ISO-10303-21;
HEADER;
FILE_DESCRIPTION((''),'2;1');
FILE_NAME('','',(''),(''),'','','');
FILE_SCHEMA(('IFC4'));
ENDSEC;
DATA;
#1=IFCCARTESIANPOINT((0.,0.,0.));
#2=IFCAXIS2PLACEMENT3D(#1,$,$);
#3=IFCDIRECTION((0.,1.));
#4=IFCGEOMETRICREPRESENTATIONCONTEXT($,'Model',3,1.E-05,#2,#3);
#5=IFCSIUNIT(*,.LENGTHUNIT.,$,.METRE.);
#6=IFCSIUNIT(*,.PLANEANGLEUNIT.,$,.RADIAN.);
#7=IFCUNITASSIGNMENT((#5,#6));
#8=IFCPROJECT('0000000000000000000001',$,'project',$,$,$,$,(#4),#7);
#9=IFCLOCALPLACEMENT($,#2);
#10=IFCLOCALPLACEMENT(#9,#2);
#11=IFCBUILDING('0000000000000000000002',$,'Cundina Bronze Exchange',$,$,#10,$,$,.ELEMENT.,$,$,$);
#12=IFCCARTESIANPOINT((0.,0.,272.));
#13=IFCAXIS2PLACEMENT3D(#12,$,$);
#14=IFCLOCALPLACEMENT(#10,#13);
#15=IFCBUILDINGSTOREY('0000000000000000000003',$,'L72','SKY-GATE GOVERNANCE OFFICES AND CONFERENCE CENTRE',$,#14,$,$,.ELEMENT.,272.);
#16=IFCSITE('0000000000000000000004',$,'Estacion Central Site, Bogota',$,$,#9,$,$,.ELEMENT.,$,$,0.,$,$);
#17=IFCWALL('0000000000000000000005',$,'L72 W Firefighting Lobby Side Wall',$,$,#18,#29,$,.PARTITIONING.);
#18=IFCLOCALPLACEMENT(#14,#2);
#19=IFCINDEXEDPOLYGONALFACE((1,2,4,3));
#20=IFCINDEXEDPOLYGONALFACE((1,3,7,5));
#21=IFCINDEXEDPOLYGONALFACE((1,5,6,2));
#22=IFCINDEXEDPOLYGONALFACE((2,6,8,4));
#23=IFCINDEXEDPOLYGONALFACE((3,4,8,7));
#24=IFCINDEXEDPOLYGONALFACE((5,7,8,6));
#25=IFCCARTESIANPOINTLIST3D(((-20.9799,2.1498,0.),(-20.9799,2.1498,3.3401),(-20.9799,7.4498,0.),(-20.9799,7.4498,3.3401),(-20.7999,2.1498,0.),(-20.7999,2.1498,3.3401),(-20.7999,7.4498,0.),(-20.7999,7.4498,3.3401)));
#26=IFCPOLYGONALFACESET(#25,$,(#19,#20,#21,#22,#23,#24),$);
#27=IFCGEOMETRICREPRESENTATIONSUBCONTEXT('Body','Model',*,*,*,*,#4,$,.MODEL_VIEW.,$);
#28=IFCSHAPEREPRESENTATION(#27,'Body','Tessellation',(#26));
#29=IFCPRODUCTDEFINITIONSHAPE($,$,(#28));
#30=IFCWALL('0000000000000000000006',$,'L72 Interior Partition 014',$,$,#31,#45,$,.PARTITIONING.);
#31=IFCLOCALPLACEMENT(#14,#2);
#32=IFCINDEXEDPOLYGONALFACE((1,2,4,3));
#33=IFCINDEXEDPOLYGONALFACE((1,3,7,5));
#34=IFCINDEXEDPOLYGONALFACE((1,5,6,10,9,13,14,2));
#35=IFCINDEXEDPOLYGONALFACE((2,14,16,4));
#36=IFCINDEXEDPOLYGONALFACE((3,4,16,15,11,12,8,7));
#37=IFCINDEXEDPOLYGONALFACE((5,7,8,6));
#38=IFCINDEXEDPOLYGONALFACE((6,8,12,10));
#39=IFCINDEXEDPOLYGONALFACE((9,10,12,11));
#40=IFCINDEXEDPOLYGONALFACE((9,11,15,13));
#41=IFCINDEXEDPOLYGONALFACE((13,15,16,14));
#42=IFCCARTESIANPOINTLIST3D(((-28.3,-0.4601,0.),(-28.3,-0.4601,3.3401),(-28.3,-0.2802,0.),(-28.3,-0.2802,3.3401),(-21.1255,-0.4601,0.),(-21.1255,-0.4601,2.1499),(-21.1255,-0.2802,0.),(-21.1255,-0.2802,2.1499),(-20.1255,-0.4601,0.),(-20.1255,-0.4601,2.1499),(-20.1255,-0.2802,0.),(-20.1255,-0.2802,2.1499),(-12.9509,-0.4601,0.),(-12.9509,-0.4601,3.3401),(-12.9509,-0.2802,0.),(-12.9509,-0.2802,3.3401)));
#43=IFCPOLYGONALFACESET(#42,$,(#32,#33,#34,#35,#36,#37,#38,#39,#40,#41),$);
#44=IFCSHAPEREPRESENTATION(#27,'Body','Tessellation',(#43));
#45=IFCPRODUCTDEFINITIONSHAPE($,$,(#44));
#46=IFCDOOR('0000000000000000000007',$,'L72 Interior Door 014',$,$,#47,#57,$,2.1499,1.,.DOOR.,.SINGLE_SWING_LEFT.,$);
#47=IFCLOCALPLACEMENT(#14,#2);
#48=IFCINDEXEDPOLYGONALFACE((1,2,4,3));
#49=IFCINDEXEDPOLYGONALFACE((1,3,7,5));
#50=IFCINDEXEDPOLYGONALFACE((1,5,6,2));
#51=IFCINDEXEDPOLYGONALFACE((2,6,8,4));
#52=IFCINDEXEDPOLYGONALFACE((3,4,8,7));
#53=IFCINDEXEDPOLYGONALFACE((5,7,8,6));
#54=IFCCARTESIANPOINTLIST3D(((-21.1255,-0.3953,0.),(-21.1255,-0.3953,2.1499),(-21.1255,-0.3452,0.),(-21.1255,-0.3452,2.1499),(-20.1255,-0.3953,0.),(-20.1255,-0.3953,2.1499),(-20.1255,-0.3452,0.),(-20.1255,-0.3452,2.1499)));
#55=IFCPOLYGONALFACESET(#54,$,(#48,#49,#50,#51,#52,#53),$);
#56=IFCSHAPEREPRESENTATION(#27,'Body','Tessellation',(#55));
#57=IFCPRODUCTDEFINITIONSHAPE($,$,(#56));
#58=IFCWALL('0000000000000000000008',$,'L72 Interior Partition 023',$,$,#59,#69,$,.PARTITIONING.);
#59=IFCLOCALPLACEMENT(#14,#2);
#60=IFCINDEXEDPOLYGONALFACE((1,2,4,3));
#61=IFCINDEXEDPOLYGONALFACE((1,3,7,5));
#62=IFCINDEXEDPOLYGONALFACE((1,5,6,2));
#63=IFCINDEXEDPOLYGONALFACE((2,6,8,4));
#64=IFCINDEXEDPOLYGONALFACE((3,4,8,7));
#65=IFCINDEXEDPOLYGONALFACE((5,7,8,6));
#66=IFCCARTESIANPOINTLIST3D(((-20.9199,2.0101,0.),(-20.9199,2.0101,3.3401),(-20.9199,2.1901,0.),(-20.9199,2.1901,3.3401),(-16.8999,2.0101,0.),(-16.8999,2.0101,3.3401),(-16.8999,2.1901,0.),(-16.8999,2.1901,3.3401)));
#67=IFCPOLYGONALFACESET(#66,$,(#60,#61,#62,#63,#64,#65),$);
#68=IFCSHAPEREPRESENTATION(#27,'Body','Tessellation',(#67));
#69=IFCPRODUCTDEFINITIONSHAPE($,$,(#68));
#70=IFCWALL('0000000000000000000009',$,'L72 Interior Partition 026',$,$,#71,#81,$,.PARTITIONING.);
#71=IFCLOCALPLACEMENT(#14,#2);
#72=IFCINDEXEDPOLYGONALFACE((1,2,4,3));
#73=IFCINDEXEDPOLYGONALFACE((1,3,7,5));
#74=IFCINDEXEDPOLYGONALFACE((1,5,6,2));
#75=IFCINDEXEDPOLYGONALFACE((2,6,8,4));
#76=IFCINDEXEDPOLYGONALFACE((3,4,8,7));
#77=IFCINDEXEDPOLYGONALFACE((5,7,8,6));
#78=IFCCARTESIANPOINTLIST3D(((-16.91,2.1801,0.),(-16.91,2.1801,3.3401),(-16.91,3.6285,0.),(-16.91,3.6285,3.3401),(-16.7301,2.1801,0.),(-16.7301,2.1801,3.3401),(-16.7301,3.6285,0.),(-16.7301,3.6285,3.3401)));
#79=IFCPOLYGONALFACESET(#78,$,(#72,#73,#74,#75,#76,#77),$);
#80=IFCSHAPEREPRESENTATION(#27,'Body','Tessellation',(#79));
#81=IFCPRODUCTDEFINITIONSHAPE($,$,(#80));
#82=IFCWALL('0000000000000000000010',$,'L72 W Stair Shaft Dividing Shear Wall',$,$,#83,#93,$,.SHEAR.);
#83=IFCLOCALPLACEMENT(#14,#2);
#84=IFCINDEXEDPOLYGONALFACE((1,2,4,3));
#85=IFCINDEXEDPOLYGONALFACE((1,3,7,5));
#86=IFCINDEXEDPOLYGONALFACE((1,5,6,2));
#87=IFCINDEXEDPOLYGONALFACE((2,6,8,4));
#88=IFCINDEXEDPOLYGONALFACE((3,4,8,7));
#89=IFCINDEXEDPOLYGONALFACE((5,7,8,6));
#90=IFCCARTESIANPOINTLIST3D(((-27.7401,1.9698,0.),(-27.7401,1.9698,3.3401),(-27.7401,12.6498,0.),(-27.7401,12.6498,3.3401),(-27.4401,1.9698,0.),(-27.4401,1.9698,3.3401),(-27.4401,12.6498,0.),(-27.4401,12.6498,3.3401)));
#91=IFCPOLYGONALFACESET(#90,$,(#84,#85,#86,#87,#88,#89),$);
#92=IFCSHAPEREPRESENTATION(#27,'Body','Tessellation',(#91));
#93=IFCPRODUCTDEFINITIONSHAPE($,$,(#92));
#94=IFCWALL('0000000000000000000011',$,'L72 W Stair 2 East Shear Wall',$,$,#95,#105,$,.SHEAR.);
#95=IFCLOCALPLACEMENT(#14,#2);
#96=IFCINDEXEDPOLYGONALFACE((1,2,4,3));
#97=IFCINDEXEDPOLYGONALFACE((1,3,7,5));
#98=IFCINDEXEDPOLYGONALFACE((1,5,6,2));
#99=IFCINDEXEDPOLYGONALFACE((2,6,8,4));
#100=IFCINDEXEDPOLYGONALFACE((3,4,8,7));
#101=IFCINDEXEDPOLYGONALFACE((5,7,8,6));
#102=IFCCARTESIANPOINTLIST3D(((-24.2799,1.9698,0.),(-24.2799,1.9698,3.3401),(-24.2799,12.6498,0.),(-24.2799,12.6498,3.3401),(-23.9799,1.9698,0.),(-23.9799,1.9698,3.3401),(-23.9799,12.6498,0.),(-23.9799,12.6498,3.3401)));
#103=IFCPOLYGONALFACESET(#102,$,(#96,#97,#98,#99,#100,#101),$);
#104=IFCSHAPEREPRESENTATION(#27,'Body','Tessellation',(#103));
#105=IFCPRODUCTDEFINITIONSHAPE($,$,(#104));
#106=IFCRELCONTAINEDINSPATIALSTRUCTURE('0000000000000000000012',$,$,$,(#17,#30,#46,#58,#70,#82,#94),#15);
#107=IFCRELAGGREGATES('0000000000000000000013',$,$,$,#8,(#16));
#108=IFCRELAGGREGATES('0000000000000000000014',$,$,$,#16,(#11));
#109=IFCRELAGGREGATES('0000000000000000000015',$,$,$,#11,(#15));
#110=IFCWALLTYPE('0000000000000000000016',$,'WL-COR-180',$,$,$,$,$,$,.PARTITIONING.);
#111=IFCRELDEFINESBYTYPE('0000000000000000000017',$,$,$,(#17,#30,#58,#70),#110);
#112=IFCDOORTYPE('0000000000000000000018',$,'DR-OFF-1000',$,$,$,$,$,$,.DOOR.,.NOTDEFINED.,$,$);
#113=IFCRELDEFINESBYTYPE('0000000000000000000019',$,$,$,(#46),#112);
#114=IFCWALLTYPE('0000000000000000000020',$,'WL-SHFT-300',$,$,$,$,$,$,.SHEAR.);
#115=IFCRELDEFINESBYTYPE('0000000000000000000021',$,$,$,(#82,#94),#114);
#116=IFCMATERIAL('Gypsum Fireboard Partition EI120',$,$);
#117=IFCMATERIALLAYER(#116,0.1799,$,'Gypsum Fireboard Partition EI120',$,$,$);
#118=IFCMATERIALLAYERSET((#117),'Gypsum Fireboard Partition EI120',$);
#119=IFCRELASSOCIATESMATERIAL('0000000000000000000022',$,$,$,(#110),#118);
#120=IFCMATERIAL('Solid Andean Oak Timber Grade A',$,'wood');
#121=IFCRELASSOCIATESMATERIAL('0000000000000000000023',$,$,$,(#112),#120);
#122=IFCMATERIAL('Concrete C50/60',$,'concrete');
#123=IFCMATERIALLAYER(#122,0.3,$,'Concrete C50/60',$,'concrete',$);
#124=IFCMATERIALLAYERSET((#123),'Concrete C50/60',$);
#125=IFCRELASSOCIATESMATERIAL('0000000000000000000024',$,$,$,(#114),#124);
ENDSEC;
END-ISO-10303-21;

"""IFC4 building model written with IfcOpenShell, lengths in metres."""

from ifc_helpers import new_model, si_unit, direction, frame, frame_2d, origin, place, context, subcontext, project, spatial, rectangle, extrude, material, layer, layer_set, type_object, element, fill, save


model = new_model("IFC4")

# Units and contexts
model_context = context("Model", 3, precision=1e-05, world=origin(), true_north=direction((0.0, 1.0)))
body_context = subcontext(model_context, "Body", "Model", "MODEL_VIEW")
ifc_project = project(units=[si_unit("LENGTHUNIT", "METRE"), si_unit("PLANEANGLEUNIT", "RADIAN")], contexts=[model_context])

# Site, building, storey
site_placement = place(None, origin())
site = spatial("IfcSite", under=ifc_project, at=site_placement, Name="Estacion Central Site, Bogota", CompositionType="ELEMENT", RefElevation=0.0)
building_placement = place(site_placement, origin())
building = spatial("IfcBuilding", under=site, at=building_placement, Name="Cundina Bronze Exchange", CompositionType="ELEMENT")
storey_placement = place(building_placement, frame((0.0, 0.0, 272.0)))
storey = spatial("IfcBuildingStorey", under=building, at=storey_placement, Name="L72", Description="SKY-GATE GOVERNANCE OFFICES AND CONFERENCE CENTRE", CompositionType="ELEMENT", Elevation=272.0)

# Shared definitions
ifc_material_1 = material(Name="Concrete C50/60", Category="concrete")

# Wall
ifc_material_2 = material(Name="Gypsum Fireboard Partition EI120")
ifc_layer_1 = layer(ifc_material_2, 0.1799, Name="Gypsum Fireboard Partition EI120")
ifc_layer_set_1 = layer_set([ifc_layer_1], Name="Gypsum Fireboard Partition EI120")
wall_type_1 = type_object("IfcWallType", Name="WL-COR-180", PredefinedType="PARTITIONING", material=ifc_layer_set_1)
wall_1_placement = place(storey_placement, frame((-20.8899, 2.1499, 0.0), z_axis=(0.0, 0.0, 1.0), x_axis=(0.0, 1.0, 0.0)))
element("IfcWall", 1, at=wall_1_placement, inside=storey, type_object=wall_type_1, Name="L72 W Firefighting Lobby Side Wall", PredefinedType="PARTITIONING", context=body_context, shape_type="SweptSolid", body=[
    extrude(rectangle(XDim=5.3, YDim=0.1799, at=frame_2d((2.6499, 0.0))), origin(), (0.0, 0.0, 1.0), 3.3401),
])

# Wall, opening, door
wall_2_placement = place(storey_placement, frame((-28.3, -0.3701, 0.0), z_axis=(0.0, 0.0, 1.0), x_axis=(1.0, 0.0, 0.0)))
wall_2 = element("IfcWall", 2, at=wall_2_placement, inside=storey, type_object=wall_type_1, Name="L72 Interior Partition 014", PredefinedType="PARTITIONING", context=body_context, shape_type="SweptSolid", body=[
    extrude(rectangle(XDim=15.3491, YDim=0.1799, at=frame_2d((7.6746, 0.0))), origin(), (0.0, 0.0, 1.0), 3.3401),
])
opening_1_placement = place(wall_2_placement, frame((7.1746, 0.0, 0.0)))
opening_1 = element("IfcOpeningElement", 3, at=opening_1_placement, cuts=wall_2, PredefinedType="OPENING", context=body_context, shape_type="SweptSolid", body=[
    extrude(rectangle(XDim=1.0, YDim=2.1499, at=frame_2d((0.5, 1.075))), frame((0.0, 0.0999, 0.0), z_axis=(0.0, -1.0, 0.0), x_axis=(1.0, 0.0, 0.0)), (0.0, 0.0, 1.0), 0.2),
])
ifc_material_3 = material(Name="Solid Andean Oak Timber Grade A", Category="wood")
door_type_1 = type_object("IfcDoorType", Name="DR-OFF-1000", OperationType="NOTDEFINED", PredefinedType="DOOR", material=ifc_material_3)
door_1_placement = place(opening_1_placement, origin())
door_1 = element("IfcDoor", 4, at=door_1_placement, inside=storey, type_object=door_type_1, Name="L72 Interior Door 014", OperationType="SINGLE_SWING_LEFT", OverallHeight=2.1499, OverallWidth=1.0, PredefinedType="DOOR", context=body_context, shape_type="SweptSolid", body=[
    extrude(rectangle(XDim=1.0, YDim=2.1499, at=frame_2d((0.5, 1.075))), frame((0.0, 0.0249, 0.0), z_axis=(0.0, -1.0, 0.0), x_axis=(1.0, 0.0, 0.0)), (0.0, 0.0, 1.0), 0.05),
])
fill(opening_1, door_1)

# Walls
wall_3_placement = place(storey_placement, frame((-16.8999, 2.1001, 0.0), z_axis=(0.0, 0.0, 1.0), x_axis=(-1.0, 0.0, 0.0)))
element("IfcWall", 5, at=wall_3_placement, inside=storey, type_object=wall_type_1, Name="L72 Interior Partition 023", PredefinedType="PARTITIONING", context=body_context, shape_type="SweptSolid", body=[
    extrude(rectangle(XDim=4.02, YDim=0.1799, at=frame_2d((2.01, 0.0))), origin(), (0.0, 0.0, 1.0), 3.3401),
])
wall_4_placement = place(storey_placement, frame((-16.8201, 3.6284, 0.0), z_axis=(0.0, 0.0, 1.0), x_axis=(0.0, -1.0, 0.0)))
element("IfcWall", 6, at=wall_4_placement, inside=storey, type_object=wall_type_1, Name="L72 Interior Partition 026", PredefinedType="PARTITIONING", context=body_context, shape_type="SweptSolid", body=[
    extrude(rectangle(XDim=1.4485, YDim=0.1799, at=frame_2d((0.7241, 0.0))), origin(), (0.0, 0.0, 1.0), 3.3401),
])
ifc_layer_2 = layer(ifc_material_1, 0.3, Name="Concrete C50/60", Category="concrete")
ifc_layer_set_2 = layer_set([ifc_layer_2], Name="Concrete C50/60")
wall_type_2 = type_object("IfcWallType", Name="WL-SHFT-300", PredefinedType="SHEAR", material=ifc_layer_set_2)
for number, where, z_axis, x_axis, name in (
    (7, (-27.5901, 1.97, 0.0), (0.0, 0.0, 1.0), (0.0, 1.0, 0.0), "L72 W Stair Shaft Dividing Shear Wall"),
    (8, (-24.1299, 1.97, 0.0), (0.0, 0.0, 1.0), (0.0, 1.0, 0.0), "L72 W Stair 2 East Shear Wall"),
):
    element("IfcWall", number, at=place(storey_placement, frame(where, z_axis=z_axis, x_axis=x_axis)), inside=storey, type_object=wall_type_2, Name=name, PredefinedType="SHEAR", context=body_context, shape_type="SweptSolid", body=[
        extrude(rectangle(XDim=10.6799, YDim=0.3, at=frame_2d((5.3398, 0.0))), origin(), (0.0, 0.0, 1.0), 3.3401),
    ])

save(model, "model.ifc")
